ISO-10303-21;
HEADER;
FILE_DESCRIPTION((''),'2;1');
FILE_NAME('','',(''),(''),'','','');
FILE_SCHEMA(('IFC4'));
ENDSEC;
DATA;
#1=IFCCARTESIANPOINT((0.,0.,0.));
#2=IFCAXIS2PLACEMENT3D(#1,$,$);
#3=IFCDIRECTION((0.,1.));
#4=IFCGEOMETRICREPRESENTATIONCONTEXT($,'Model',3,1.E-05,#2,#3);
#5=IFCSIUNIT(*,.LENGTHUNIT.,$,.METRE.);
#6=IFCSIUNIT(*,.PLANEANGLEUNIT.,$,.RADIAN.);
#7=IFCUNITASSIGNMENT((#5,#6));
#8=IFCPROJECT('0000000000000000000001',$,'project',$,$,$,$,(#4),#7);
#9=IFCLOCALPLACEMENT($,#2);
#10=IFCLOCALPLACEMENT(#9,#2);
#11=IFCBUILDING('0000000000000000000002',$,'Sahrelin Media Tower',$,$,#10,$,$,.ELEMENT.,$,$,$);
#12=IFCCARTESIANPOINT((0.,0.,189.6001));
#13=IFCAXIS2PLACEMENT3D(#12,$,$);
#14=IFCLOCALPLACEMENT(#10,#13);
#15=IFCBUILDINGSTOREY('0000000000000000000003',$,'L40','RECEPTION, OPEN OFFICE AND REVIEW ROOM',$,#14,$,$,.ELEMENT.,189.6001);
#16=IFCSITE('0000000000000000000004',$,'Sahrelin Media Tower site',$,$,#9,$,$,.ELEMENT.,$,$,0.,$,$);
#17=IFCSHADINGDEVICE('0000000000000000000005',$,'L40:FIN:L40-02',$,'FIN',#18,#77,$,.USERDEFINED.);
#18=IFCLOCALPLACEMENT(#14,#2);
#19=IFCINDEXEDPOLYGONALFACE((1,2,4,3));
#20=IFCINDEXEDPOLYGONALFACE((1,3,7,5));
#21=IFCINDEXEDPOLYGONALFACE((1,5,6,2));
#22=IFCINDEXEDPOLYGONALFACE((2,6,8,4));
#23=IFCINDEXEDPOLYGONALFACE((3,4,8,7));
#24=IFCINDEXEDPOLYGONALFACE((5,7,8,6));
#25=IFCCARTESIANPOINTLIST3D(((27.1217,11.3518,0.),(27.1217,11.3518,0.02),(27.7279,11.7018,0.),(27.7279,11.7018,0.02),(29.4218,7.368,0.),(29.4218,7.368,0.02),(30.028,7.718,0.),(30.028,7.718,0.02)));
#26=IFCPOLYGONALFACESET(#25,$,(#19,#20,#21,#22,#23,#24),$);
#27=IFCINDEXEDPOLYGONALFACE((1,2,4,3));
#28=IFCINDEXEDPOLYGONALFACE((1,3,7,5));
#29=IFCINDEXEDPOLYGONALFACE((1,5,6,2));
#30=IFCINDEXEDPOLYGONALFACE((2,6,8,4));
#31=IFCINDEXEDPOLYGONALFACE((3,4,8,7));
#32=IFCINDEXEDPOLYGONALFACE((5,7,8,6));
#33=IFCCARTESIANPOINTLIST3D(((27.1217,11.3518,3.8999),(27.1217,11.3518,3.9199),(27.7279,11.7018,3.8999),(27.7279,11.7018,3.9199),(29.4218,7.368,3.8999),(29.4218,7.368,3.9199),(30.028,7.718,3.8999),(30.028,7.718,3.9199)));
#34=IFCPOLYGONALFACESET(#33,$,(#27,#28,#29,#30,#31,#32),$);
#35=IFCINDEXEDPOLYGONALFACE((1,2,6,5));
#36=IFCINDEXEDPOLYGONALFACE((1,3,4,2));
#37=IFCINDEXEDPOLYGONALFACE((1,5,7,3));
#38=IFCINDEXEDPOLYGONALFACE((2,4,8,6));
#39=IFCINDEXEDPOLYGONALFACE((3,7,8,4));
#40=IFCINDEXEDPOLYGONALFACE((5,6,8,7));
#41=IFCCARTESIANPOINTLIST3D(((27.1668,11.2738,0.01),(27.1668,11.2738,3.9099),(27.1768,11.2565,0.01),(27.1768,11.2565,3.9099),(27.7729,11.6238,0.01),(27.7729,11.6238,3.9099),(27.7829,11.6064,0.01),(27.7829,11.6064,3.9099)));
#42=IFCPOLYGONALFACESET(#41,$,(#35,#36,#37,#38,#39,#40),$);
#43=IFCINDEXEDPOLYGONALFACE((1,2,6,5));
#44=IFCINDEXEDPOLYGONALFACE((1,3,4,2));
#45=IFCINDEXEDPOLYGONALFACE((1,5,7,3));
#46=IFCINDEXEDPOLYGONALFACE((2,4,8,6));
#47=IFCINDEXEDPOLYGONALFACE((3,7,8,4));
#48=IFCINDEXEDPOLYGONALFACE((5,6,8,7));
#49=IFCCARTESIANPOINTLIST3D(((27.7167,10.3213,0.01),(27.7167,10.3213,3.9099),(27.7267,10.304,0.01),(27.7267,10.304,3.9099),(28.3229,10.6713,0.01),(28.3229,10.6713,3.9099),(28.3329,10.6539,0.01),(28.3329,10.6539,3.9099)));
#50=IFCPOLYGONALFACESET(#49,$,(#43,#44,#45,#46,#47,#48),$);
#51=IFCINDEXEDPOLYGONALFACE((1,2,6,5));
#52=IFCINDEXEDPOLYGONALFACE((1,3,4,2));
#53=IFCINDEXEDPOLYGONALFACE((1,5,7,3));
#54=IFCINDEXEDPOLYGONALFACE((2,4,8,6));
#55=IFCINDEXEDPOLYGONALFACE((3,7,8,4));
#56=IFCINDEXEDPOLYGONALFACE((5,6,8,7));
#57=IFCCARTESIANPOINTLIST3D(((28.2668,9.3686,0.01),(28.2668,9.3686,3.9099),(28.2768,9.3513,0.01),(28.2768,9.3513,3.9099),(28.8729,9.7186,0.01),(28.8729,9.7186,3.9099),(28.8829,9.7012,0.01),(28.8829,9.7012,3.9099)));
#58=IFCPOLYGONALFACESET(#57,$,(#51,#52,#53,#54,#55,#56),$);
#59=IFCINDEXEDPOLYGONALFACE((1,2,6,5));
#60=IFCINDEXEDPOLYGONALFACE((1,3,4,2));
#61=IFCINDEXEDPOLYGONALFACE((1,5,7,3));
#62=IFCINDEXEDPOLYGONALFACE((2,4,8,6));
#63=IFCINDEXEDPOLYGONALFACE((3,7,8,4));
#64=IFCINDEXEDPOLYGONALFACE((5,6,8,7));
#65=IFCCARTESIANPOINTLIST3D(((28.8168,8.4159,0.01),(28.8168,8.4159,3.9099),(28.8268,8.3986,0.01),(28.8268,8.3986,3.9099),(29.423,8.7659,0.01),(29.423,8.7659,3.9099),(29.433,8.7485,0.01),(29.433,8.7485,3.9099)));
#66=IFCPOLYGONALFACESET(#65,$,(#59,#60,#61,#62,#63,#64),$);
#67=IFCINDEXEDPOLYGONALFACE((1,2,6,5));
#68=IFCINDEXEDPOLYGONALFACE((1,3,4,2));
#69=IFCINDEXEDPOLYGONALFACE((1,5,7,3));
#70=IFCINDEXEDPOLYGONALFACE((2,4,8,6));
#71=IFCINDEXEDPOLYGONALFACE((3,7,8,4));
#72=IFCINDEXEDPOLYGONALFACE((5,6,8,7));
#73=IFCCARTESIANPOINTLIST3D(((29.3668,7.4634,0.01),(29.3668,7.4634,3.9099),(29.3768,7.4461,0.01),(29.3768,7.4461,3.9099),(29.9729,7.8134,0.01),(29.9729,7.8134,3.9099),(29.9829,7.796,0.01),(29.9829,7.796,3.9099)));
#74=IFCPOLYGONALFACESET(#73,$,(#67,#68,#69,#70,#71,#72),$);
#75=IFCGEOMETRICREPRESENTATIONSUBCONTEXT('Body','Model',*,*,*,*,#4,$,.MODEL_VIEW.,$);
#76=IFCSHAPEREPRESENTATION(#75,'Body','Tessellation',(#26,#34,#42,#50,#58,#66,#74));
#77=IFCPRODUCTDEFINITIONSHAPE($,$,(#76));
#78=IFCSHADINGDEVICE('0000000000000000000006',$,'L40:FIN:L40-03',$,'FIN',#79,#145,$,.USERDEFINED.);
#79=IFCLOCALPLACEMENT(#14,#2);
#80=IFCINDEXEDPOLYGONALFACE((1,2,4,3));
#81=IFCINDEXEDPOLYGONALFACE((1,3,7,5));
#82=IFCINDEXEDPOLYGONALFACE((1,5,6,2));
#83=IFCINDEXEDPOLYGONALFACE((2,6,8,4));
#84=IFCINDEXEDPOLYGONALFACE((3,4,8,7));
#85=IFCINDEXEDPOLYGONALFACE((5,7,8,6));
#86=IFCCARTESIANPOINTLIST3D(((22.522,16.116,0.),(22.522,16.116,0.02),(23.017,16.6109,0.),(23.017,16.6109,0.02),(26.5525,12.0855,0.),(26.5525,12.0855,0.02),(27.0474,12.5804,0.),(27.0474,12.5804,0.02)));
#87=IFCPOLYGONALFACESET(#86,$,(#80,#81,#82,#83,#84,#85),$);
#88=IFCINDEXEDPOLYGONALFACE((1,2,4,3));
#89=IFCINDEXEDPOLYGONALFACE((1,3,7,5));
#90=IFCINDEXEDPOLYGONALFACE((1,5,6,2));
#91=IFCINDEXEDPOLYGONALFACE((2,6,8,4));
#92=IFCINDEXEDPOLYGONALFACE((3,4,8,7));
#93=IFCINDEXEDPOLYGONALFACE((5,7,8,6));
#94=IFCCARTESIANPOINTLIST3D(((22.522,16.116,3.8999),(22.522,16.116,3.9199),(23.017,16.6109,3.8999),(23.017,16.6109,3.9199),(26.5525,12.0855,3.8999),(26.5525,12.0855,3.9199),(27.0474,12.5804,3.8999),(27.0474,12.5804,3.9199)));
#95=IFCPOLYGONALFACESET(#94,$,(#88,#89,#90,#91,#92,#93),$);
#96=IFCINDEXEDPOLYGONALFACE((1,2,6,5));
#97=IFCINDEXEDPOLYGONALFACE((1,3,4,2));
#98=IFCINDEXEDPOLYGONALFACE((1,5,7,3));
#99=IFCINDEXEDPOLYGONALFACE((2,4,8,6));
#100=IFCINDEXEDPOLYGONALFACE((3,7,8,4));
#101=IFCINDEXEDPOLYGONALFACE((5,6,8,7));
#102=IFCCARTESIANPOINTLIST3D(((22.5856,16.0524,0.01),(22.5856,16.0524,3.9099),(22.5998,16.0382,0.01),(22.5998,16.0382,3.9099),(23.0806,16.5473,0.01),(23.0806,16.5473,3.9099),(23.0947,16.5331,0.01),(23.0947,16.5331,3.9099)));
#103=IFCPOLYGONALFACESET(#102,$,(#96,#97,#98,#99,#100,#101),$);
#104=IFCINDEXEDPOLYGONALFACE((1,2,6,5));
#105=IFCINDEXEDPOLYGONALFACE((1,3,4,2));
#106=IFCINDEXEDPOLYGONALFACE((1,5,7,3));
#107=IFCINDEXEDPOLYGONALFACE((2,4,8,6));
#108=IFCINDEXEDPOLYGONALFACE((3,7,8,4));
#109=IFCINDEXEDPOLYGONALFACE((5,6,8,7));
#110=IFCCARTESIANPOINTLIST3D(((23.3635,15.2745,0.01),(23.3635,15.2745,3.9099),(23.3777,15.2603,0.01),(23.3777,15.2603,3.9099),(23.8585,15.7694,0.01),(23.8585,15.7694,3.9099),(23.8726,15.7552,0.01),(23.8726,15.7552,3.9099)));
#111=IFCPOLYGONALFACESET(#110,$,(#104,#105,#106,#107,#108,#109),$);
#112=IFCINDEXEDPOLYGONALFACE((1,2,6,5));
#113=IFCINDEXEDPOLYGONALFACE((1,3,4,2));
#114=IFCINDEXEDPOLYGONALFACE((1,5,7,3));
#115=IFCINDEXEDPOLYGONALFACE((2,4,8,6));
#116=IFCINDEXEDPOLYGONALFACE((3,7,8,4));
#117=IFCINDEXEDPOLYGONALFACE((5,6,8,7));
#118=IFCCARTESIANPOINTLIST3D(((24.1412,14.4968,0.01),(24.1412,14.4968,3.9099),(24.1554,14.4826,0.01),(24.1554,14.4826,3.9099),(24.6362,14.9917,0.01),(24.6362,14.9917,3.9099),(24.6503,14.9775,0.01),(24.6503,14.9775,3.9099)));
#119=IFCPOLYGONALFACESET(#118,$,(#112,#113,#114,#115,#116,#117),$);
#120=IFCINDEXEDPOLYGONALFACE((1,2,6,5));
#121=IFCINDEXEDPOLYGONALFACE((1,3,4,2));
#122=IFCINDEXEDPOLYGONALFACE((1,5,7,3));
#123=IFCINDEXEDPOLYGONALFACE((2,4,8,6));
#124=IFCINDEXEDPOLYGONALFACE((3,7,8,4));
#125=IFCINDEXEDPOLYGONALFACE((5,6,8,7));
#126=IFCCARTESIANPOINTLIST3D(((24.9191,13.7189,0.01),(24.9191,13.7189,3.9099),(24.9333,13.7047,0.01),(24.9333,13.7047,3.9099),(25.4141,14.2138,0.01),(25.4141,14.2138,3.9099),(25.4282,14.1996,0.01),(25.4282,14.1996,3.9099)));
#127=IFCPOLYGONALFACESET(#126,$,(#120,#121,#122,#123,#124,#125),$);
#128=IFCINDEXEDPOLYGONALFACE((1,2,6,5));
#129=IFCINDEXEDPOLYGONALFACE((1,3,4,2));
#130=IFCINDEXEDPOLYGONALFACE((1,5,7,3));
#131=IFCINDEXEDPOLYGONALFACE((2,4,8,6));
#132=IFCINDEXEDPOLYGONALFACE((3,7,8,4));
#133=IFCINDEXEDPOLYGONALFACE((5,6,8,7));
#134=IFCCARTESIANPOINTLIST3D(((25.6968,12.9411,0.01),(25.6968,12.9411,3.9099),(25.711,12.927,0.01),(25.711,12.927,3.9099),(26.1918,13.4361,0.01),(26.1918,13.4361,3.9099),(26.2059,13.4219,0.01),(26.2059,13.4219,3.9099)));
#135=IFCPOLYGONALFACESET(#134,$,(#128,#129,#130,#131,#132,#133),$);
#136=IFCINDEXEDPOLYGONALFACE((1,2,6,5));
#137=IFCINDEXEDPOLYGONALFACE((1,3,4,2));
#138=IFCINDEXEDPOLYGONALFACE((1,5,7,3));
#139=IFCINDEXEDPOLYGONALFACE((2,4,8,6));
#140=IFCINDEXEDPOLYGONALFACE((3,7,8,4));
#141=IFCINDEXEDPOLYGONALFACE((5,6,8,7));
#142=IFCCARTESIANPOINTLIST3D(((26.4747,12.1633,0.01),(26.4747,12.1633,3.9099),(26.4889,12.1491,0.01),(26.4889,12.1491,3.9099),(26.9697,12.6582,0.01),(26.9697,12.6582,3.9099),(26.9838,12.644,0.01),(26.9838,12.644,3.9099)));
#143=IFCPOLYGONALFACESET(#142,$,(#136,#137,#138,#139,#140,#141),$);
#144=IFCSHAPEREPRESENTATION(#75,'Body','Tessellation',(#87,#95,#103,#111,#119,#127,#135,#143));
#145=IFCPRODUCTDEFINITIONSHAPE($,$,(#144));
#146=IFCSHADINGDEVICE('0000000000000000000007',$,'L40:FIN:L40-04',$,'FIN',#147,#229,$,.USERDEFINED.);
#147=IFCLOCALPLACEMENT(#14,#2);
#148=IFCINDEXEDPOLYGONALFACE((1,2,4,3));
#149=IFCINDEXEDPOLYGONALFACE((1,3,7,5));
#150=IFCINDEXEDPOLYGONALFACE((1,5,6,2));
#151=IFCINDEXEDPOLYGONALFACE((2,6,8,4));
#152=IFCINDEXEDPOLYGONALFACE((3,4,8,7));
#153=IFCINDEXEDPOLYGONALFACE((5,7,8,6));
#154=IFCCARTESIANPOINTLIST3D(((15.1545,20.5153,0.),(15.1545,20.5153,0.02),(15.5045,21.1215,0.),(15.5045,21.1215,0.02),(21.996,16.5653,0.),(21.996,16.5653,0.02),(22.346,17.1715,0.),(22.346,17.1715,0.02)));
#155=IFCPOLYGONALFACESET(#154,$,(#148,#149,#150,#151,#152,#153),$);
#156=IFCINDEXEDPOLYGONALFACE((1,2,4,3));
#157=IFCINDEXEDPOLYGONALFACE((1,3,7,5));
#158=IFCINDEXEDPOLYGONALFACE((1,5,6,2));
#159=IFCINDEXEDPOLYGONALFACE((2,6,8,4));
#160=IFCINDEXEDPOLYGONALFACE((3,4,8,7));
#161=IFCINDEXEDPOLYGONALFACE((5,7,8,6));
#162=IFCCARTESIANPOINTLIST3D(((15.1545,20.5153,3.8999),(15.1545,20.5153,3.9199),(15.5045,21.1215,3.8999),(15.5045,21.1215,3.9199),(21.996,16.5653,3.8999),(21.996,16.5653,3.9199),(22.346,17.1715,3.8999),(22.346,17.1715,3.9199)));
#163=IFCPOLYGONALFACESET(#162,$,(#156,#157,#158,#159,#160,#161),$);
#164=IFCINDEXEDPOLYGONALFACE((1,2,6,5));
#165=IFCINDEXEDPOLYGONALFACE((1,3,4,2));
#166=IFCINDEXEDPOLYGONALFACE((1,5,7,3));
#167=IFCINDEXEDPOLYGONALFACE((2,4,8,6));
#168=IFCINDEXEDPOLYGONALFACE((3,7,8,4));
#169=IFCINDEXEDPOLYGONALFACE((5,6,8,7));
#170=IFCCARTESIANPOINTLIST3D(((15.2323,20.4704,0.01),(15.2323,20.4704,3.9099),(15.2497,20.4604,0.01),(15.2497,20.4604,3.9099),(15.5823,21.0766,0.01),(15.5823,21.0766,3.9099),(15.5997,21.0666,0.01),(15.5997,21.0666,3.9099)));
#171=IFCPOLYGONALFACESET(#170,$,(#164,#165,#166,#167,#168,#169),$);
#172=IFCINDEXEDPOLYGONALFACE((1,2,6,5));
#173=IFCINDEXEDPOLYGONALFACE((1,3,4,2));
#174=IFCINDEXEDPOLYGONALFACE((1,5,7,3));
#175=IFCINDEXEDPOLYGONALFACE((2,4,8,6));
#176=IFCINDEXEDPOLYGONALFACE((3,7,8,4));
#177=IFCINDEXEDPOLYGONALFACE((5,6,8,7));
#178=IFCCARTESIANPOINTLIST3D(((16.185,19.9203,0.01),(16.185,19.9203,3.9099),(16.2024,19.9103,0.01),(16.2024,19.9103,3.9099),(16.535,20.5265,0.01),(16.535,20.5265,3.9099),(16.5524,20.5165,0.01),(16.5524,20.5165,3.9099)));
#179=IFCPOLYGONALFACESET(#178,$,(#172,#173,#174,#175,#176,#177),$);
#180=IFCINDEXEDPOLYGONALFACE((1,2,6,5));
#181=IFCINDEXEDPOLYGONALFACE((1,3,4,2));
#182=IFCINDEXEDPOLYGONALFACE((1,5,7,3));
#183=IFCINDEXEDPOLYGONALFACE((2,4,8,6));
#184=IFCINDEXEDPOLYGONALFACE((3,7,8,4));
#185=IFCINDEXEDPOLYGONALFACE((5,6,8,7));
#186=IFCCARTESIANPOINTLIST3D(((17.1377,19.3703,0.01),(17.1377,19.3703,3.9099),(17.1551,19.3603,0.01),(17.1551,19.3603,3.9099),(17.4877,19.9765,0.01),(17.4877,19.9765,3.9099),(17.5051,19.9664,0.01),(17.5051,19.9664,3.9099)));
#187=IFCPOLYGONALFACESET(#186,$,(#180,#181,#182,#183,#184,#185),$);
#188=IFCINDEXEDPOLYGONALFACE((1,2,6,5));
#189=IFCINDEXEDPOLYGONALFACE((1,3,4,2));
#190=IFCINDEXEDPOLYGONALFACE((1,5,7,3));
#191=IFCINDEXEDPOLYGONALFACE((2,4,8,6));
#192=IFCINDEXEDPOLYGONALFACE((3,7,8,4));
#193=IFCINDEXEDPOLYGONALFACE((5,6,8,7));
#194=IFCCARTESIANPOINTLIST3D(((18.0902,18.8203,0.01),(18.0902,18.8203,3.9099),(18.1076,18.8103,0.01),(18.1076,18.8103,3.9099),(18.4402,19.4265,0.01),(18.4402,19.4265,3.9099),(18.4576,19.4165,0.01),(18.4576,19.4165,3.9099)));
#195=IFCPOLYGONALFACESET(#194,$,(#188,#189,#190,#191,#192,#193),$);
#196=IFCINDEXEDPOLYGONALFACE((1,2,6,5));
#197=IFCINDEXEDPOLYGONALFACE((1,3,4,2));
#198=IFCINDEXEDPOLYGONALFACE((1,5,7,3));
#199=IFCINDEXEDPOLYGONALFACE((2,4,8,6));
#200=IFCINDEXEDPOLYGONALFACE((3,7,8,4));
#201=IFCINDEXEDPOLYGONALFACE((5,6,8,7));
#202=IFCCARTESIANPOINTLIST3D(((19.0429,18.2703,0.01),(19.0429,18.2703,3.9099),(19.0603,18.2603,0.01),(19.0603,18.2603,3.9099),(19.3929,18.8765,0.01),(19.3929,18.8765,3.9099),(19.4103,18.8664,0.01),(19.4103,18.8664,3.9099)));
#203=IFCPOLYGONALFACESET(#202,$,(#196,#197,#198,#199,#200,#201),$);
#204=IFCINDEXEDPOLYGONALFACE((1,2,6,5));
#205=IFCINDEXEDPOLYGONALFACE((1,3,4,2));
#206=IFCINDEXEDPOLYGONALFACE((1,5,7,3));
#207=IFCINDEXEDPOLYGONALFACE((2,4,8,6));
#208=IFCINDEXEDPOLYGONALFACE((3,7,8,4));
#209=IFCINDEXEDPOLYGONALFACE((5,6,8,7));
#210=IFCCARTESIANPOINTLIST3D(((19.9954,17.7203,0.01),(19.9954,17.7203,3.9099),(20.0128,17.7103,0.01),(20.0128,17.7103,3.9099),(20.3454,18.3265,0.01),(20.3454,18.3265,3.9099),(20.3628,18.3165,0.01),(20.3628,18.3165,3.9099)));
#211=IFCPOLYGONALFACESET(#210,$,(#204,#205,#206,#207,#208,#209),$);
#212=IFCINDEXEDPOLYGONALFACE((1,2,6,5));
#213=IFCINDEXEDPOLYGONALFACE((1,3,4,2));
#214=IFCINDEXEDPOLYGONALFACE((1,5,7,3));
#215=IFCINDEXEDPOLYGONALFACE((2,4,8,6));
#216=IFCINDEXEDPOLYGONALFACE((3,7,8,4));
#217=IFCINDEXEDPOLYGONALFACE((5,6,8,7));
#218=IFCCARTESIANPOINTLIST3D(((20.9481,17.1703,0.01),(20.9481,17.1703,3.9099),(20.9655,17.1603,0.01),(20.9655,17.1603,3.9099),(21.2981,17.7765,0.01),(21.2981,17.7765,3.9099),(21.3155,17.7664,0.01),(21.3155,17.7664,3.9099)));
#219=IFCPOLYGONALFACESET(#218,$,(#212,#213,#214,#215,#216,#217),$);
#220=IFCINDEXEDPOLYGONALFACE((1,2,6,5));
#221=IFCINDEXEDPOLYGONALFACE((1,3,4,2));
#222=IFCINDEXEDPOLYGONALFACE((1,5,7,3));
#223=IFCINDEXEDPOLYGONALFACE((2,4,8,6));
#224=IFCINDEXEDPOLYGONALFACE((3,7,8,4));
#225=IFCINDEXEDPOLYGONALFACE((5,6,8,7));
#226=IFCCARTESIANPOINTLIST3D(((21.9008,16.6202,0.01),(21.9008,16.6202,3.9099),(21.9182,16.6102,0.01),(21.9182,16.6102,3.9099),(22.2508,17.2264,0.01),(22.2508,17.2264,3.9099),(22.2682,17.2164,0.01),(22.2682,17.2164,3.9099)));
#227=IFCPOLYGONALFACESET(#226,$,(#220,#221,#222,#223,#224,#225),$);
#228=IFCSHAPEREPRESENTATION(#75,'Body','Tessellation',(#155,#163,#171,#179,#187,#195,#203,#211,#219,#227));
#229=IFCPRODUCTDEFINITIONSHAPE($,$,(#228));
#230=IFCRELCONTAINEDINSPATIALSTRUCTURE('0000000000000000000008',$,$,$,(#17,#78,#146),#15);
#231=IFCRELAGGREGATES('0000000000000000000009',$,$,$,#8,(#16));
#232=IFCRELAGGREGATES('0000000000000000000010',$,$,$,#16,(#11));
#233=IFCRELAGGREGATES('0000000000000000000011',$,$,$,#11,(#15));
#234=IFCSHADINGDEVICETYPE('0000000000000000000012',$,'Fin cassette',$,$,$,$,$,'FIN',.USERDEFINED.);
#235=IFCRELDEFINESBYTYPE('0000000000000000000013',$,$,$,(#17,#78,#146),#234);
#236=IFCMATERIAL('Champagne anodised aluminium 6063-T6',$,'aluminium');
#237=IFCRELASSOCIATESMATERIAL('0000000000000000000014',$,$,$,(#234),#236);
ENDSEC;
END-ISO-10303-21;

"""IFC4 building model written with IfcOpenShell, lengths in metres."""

from ifc_helpers import new_model, si_unit, direction, frame, origin, origin_2d, place, context, subcontext, project, spatial, rectangle, extrude, material, type_object, element, save


model = new_model("IFC4")

# Units and contexts
model_context = context("Model", 3, precision=1e-05, world=origin(), true_north=direction((0.0, 1.0)))
body_context = subcontext(model_context, "Body", "Model", "MODEL_VIEW")
ifc_project = project(units=[si_unit("LENGTHUNIT", "METRE"), si_unit("PLANEANGLEUNIT", "RADIAN")], contexts=[model_context])

# Site, building, storey
site_placement = place(None, origin())
site = spatial("IfcSite", under=ifc_project, at=site_placement, Name="Sahrelin Media Tower site", CompositionType="ELEMENT", RefElevation=0.0)
building_placement = place(site_placement, origin())
building = spatial("IfcBuilding", under=site, at=building_placement, Name="Sahrelin Media Tower", CompositionType="ELEMENT")
storey_placement = place(building_placement, frame((0.0, 0.0, 189.6001)))
storey = spatial("IfcBuildingStorey", under=building, at=storey_placement, Name="L40", Description="RECEPTION, OPEN OFFICE AND REVIEW ROOM", CompositionType="ELEMENT", Elevation=189.6001)

# Shared definitions
ifc_material_1 = material(Name="Champagne anodised aluminium 6063-T6", Category="aluminium")

# Shading devices
shading_device_type_1 = type_object("IfcShadingDeviceType", Name="Fin cassette", ElementType="FIN", PredefinedType="USERDEFINED", material=ifc_material_1)
shading_device_1_placement = place(storey_placement, frame((28.2112, 9.325, 0.0), z_axis=(0.0, 0.0, 1.0), x_axis=(0.500011, -0.866019, 0.0)))
element("IfcShadingDevice", 1, at=shading_device_1_placement, inside=storey, type_object=shading_device_type_1, Name="L40:FIN:L40-02", ObjectType="FIN", PredefinedType="USERDEFINED", context=body_context, shape_type="SweptSolid", body=[
    extrude(rectangle(XDim=4.6001, YDim=0.7, at=origin_2d()), frame((0.0, 0.4199, 0.0)), (0.0, 0.0, 1.0), 0.02),
    extrude(rectangle(XDim=4.6001, YDim=0.7, at=origin_2d()), frame((0.0, 0.4199, 3.8999)), (0.0, 0.0, 1.0), 0.02),
    extrude(rectangle(XDim=0.02, YDim=0.7, at=origin_2d()), frame((-2.2, 0.4199, 0.01), z_axis=(0.0, 0.0, 1.0), x_axis=(1.0, 0.0, 0.0)), (0.0, 0.0, 1.0), 3.8999),
    extrude(rectangle(XDim=0.02, YDim=0.7, at=origin_2d()), frame((-1.1001, 0.4199, 0.01), z_axis=(0.0, 0.0, 1.0), x_axis=(1.0, 0.0, 0.0)), (0.0, 0.0, 1.0), 3.8999),
    extrude(rectangle(XDim=0.02, YDim=0.7, at=origin_2d()), frame((0.0, 0.4199, 0.01), z_axis=(0.0, 0.0, 1.0), x_axis=(1.0, 0.0, 0.0)), (0.0, 0.0, 1.0), 3.8999),
    extrude(rectangle(XDim=0.02, YDim=0.7, at=origin_2d()), frame((1.1001, 0.4199, 0.01), z_axis=(0.0, 0.0, 1.0), x_axis=(1.0, 0.0, 0.0)), (0.0, 0.0, 1.0), 3.8999),
    extrude(rectangle(XDim=0.02, YDim=0.7, at=origin_2d()), frame((2.2, 0.4199, 0.01), z_axis=(0.0, 0.0, 1.0), x_axis=(1.0, 0.0, 0.0)), (0.0, 0.0, 1.0), 3.8999),
])
placement_1 = place(storey_placement, frame((24.4878, 14.0513, 0.0), z_axis=(0.0, 0.0, 1.0), x_axis=(0.707107, -0.707107, 0.0)))
element("IfcShadingDevice", 2, at=placement_1, inside=storey, type_object=shading_device_type_1, Name="L40:FIN:L40-03", ObjectType="FIN", PredefinedType="USERDEFINED", context=body_context, shape_type="SweptSolid", body=[
    extrude(rectangle(XDim=5.7, YDim=0.7, at=origin_2d()), frame((0.0, 0.4199, 0.0)), (0.0, 0.0, 1.0), 0.02),
    extrude(rectangle(XDim=5.7, YDim=0.7, at=origin_2d()), frame((0.0, 0.4199, 3.8999)), (0.0, 0.0, 1.0), 0.02),
    extrude(rectangle(XDim=0.02, YDim=0.7, at=origin_2d()), frame((-2.75, 0.4199, 0.01), z_axis=(0.0, 0.0, 1.0), x_axis=(1.0, 0.0, 0.0)), (0.0, 0.0, 1.0), 3.8999),
    extrude(rectangle(XDim=0.02, YDim=0.7, at=origin_2d()), frame((-1.6499, 0.4199, 0.01), z_axis=(0.0, 0.0, 1.0), x_axis=(1.0, 0.0, 0.0)), (0.0, 0.0, 1.0), 3.8999),
    extrude(rectangle(XDim=0.02, YDim=0.7, at=origin_2d()), frame((-0.55, 0.4199, 0.01), z_axis=(0.0, 0.0, 1.0), x_axis=(1.0, 0.0, 0.0)), (0.0, 0.0, 1.0), 3.8999),
    extrude(rectangle(XDim=0.02, YDim=0.7, at=origin_2d()), frame((0.55, 0.4199, 0.01), z_axis=(0.0, 0.0, 1.0), x_axis=(1.0, 0.0, 0.0)), (0.0, 0.0, 1.0), 3.8999),
    extrude(rectangle(XDim=0.02, YDim=0.7, at=origin_2d()), frame((1.6499, 0.4199, 0.01), z_axis=(0.0, 0.0, 1.0), x_axis=(1.0, 0.0, 0.0)), (0.0, 0.0, 1.0), 3.8999),
    extrude(rectangle(XDim=0.02, YDim=0.7, at=origin_2d()), frame((2.75, 0.4199, 0.01), z_axis=(0.0, 0.0, 1.0), x_axis=(1.0, 0.0, 0.0)), (0.0, 0.0, 1.0), 3.8999),
])
placement_2 = place(storey_placement, frame((18.5403, 18.4797, 0.0), z_axis=(0.0, 0.0, 1.0), x_axis=(0.866019, -0.500011, 0.0)))
element("IfcShadingDevice", 3, at=placement_2, inside=storey, type_object=shading_device_type_1, Name="L40:FIN:L40-04", ObjectType="FIN", PredefinedType="USERDEFINED", context=body_context, shape_type="SweptSolid", body=[
    extrude(rectangle(XDim=7.8999, YDim=0.7, at=origin_2d()), frame((0.0, 0.4199, 0.0)), (0.0, 0.0, 1.0), 0.02),
    extrude(rectangle(XDim=7.8999, YDim=0.7, at=origin_2d()), frame((0.0, 0.4199, 3.8999)), (0.0, 0.0, 1.0), 0.02),
    extrude(rectangle(XDim=0.02, YDim=0.7, at=origin_2d()), frame((-3.8501, 0.4199, 0.01), z_axis=(0.0, 0.0, 1.0), x_axis=(1.0, 0.0, 0.0)), (0.0, 0.0, 1.0), 3.8999),
    extrude(rectangle(XDim=0.02, YDim=0.7, at=origin_2d()), frame((-2.75, 0.4199, 0.01), z_axis=(0.0, 0.0, 1.0), x_axis=(1.0, 0.0, 0.0)), (0.0, 0.0, 1.0), 3.8999),
    extrude(rectangle(XDim=0.02, YDim=0.7, at=origin_2d()), frame((-1.6499, 0.4199, 0.01), z_axis=(0.0, 0.0, 1.0), x_axis=(1.0, 0.0, 0.0)), (0.0, 0.0, 1.0), 3.8999),
    extrude(rectangle(XDim=0.02, YDim=0.7, at=origin_2d()), frame((-0.55, 0.4199, 0.01), z_axis=(0.0, 0.0, 1.0), x_axis=(1.0, 0.0, 0.0)), (0.0, 0.0, 1.0), 3.8999),
    extrude(rectangle(XDim=0.02, YDim=0.7, at=origin_2d()), frame((0.55, 0.4199, 0.01), z_axis=(0.0, 0.0, 1.0), x_axis=(1.0, 0.0, 0.0)), (0.0, 0.0, 1.0), 3.8999),
    extrude(rectangle(XDim=0.02, YDim=0.7, at=origin_2d()), frame((1.6499, 0.4199, 0.01), z_axis=(0.0, 0.0, 1.0), x_axis=(1.0, 0.0, 0.0)), (0.0, 0.0, 1.0), 3.8999),
    extrude(rectangle(XDim=0.02, YDim=0.7, at=origin_2d()), frame((2.75, 0.4199, 0.01), z_axis=(0.0, 0.0, 1.0), x_axis=(1.0, 0.0, 0.0)), (0.0, 0.0, 1.0), 3.8999),
    extrude(rectangle(XDim=0.02, YDim=0.7, at=origin_2d()), frame((3.8501, 0.4199, 0.01), z_axis=(0.0, 0.0, 1.0), x_axis=(1.0, 0.0, 0.0)), (0.0, 0.0, 1.0), 3.8999),
])

save(model, "model.ifc")
